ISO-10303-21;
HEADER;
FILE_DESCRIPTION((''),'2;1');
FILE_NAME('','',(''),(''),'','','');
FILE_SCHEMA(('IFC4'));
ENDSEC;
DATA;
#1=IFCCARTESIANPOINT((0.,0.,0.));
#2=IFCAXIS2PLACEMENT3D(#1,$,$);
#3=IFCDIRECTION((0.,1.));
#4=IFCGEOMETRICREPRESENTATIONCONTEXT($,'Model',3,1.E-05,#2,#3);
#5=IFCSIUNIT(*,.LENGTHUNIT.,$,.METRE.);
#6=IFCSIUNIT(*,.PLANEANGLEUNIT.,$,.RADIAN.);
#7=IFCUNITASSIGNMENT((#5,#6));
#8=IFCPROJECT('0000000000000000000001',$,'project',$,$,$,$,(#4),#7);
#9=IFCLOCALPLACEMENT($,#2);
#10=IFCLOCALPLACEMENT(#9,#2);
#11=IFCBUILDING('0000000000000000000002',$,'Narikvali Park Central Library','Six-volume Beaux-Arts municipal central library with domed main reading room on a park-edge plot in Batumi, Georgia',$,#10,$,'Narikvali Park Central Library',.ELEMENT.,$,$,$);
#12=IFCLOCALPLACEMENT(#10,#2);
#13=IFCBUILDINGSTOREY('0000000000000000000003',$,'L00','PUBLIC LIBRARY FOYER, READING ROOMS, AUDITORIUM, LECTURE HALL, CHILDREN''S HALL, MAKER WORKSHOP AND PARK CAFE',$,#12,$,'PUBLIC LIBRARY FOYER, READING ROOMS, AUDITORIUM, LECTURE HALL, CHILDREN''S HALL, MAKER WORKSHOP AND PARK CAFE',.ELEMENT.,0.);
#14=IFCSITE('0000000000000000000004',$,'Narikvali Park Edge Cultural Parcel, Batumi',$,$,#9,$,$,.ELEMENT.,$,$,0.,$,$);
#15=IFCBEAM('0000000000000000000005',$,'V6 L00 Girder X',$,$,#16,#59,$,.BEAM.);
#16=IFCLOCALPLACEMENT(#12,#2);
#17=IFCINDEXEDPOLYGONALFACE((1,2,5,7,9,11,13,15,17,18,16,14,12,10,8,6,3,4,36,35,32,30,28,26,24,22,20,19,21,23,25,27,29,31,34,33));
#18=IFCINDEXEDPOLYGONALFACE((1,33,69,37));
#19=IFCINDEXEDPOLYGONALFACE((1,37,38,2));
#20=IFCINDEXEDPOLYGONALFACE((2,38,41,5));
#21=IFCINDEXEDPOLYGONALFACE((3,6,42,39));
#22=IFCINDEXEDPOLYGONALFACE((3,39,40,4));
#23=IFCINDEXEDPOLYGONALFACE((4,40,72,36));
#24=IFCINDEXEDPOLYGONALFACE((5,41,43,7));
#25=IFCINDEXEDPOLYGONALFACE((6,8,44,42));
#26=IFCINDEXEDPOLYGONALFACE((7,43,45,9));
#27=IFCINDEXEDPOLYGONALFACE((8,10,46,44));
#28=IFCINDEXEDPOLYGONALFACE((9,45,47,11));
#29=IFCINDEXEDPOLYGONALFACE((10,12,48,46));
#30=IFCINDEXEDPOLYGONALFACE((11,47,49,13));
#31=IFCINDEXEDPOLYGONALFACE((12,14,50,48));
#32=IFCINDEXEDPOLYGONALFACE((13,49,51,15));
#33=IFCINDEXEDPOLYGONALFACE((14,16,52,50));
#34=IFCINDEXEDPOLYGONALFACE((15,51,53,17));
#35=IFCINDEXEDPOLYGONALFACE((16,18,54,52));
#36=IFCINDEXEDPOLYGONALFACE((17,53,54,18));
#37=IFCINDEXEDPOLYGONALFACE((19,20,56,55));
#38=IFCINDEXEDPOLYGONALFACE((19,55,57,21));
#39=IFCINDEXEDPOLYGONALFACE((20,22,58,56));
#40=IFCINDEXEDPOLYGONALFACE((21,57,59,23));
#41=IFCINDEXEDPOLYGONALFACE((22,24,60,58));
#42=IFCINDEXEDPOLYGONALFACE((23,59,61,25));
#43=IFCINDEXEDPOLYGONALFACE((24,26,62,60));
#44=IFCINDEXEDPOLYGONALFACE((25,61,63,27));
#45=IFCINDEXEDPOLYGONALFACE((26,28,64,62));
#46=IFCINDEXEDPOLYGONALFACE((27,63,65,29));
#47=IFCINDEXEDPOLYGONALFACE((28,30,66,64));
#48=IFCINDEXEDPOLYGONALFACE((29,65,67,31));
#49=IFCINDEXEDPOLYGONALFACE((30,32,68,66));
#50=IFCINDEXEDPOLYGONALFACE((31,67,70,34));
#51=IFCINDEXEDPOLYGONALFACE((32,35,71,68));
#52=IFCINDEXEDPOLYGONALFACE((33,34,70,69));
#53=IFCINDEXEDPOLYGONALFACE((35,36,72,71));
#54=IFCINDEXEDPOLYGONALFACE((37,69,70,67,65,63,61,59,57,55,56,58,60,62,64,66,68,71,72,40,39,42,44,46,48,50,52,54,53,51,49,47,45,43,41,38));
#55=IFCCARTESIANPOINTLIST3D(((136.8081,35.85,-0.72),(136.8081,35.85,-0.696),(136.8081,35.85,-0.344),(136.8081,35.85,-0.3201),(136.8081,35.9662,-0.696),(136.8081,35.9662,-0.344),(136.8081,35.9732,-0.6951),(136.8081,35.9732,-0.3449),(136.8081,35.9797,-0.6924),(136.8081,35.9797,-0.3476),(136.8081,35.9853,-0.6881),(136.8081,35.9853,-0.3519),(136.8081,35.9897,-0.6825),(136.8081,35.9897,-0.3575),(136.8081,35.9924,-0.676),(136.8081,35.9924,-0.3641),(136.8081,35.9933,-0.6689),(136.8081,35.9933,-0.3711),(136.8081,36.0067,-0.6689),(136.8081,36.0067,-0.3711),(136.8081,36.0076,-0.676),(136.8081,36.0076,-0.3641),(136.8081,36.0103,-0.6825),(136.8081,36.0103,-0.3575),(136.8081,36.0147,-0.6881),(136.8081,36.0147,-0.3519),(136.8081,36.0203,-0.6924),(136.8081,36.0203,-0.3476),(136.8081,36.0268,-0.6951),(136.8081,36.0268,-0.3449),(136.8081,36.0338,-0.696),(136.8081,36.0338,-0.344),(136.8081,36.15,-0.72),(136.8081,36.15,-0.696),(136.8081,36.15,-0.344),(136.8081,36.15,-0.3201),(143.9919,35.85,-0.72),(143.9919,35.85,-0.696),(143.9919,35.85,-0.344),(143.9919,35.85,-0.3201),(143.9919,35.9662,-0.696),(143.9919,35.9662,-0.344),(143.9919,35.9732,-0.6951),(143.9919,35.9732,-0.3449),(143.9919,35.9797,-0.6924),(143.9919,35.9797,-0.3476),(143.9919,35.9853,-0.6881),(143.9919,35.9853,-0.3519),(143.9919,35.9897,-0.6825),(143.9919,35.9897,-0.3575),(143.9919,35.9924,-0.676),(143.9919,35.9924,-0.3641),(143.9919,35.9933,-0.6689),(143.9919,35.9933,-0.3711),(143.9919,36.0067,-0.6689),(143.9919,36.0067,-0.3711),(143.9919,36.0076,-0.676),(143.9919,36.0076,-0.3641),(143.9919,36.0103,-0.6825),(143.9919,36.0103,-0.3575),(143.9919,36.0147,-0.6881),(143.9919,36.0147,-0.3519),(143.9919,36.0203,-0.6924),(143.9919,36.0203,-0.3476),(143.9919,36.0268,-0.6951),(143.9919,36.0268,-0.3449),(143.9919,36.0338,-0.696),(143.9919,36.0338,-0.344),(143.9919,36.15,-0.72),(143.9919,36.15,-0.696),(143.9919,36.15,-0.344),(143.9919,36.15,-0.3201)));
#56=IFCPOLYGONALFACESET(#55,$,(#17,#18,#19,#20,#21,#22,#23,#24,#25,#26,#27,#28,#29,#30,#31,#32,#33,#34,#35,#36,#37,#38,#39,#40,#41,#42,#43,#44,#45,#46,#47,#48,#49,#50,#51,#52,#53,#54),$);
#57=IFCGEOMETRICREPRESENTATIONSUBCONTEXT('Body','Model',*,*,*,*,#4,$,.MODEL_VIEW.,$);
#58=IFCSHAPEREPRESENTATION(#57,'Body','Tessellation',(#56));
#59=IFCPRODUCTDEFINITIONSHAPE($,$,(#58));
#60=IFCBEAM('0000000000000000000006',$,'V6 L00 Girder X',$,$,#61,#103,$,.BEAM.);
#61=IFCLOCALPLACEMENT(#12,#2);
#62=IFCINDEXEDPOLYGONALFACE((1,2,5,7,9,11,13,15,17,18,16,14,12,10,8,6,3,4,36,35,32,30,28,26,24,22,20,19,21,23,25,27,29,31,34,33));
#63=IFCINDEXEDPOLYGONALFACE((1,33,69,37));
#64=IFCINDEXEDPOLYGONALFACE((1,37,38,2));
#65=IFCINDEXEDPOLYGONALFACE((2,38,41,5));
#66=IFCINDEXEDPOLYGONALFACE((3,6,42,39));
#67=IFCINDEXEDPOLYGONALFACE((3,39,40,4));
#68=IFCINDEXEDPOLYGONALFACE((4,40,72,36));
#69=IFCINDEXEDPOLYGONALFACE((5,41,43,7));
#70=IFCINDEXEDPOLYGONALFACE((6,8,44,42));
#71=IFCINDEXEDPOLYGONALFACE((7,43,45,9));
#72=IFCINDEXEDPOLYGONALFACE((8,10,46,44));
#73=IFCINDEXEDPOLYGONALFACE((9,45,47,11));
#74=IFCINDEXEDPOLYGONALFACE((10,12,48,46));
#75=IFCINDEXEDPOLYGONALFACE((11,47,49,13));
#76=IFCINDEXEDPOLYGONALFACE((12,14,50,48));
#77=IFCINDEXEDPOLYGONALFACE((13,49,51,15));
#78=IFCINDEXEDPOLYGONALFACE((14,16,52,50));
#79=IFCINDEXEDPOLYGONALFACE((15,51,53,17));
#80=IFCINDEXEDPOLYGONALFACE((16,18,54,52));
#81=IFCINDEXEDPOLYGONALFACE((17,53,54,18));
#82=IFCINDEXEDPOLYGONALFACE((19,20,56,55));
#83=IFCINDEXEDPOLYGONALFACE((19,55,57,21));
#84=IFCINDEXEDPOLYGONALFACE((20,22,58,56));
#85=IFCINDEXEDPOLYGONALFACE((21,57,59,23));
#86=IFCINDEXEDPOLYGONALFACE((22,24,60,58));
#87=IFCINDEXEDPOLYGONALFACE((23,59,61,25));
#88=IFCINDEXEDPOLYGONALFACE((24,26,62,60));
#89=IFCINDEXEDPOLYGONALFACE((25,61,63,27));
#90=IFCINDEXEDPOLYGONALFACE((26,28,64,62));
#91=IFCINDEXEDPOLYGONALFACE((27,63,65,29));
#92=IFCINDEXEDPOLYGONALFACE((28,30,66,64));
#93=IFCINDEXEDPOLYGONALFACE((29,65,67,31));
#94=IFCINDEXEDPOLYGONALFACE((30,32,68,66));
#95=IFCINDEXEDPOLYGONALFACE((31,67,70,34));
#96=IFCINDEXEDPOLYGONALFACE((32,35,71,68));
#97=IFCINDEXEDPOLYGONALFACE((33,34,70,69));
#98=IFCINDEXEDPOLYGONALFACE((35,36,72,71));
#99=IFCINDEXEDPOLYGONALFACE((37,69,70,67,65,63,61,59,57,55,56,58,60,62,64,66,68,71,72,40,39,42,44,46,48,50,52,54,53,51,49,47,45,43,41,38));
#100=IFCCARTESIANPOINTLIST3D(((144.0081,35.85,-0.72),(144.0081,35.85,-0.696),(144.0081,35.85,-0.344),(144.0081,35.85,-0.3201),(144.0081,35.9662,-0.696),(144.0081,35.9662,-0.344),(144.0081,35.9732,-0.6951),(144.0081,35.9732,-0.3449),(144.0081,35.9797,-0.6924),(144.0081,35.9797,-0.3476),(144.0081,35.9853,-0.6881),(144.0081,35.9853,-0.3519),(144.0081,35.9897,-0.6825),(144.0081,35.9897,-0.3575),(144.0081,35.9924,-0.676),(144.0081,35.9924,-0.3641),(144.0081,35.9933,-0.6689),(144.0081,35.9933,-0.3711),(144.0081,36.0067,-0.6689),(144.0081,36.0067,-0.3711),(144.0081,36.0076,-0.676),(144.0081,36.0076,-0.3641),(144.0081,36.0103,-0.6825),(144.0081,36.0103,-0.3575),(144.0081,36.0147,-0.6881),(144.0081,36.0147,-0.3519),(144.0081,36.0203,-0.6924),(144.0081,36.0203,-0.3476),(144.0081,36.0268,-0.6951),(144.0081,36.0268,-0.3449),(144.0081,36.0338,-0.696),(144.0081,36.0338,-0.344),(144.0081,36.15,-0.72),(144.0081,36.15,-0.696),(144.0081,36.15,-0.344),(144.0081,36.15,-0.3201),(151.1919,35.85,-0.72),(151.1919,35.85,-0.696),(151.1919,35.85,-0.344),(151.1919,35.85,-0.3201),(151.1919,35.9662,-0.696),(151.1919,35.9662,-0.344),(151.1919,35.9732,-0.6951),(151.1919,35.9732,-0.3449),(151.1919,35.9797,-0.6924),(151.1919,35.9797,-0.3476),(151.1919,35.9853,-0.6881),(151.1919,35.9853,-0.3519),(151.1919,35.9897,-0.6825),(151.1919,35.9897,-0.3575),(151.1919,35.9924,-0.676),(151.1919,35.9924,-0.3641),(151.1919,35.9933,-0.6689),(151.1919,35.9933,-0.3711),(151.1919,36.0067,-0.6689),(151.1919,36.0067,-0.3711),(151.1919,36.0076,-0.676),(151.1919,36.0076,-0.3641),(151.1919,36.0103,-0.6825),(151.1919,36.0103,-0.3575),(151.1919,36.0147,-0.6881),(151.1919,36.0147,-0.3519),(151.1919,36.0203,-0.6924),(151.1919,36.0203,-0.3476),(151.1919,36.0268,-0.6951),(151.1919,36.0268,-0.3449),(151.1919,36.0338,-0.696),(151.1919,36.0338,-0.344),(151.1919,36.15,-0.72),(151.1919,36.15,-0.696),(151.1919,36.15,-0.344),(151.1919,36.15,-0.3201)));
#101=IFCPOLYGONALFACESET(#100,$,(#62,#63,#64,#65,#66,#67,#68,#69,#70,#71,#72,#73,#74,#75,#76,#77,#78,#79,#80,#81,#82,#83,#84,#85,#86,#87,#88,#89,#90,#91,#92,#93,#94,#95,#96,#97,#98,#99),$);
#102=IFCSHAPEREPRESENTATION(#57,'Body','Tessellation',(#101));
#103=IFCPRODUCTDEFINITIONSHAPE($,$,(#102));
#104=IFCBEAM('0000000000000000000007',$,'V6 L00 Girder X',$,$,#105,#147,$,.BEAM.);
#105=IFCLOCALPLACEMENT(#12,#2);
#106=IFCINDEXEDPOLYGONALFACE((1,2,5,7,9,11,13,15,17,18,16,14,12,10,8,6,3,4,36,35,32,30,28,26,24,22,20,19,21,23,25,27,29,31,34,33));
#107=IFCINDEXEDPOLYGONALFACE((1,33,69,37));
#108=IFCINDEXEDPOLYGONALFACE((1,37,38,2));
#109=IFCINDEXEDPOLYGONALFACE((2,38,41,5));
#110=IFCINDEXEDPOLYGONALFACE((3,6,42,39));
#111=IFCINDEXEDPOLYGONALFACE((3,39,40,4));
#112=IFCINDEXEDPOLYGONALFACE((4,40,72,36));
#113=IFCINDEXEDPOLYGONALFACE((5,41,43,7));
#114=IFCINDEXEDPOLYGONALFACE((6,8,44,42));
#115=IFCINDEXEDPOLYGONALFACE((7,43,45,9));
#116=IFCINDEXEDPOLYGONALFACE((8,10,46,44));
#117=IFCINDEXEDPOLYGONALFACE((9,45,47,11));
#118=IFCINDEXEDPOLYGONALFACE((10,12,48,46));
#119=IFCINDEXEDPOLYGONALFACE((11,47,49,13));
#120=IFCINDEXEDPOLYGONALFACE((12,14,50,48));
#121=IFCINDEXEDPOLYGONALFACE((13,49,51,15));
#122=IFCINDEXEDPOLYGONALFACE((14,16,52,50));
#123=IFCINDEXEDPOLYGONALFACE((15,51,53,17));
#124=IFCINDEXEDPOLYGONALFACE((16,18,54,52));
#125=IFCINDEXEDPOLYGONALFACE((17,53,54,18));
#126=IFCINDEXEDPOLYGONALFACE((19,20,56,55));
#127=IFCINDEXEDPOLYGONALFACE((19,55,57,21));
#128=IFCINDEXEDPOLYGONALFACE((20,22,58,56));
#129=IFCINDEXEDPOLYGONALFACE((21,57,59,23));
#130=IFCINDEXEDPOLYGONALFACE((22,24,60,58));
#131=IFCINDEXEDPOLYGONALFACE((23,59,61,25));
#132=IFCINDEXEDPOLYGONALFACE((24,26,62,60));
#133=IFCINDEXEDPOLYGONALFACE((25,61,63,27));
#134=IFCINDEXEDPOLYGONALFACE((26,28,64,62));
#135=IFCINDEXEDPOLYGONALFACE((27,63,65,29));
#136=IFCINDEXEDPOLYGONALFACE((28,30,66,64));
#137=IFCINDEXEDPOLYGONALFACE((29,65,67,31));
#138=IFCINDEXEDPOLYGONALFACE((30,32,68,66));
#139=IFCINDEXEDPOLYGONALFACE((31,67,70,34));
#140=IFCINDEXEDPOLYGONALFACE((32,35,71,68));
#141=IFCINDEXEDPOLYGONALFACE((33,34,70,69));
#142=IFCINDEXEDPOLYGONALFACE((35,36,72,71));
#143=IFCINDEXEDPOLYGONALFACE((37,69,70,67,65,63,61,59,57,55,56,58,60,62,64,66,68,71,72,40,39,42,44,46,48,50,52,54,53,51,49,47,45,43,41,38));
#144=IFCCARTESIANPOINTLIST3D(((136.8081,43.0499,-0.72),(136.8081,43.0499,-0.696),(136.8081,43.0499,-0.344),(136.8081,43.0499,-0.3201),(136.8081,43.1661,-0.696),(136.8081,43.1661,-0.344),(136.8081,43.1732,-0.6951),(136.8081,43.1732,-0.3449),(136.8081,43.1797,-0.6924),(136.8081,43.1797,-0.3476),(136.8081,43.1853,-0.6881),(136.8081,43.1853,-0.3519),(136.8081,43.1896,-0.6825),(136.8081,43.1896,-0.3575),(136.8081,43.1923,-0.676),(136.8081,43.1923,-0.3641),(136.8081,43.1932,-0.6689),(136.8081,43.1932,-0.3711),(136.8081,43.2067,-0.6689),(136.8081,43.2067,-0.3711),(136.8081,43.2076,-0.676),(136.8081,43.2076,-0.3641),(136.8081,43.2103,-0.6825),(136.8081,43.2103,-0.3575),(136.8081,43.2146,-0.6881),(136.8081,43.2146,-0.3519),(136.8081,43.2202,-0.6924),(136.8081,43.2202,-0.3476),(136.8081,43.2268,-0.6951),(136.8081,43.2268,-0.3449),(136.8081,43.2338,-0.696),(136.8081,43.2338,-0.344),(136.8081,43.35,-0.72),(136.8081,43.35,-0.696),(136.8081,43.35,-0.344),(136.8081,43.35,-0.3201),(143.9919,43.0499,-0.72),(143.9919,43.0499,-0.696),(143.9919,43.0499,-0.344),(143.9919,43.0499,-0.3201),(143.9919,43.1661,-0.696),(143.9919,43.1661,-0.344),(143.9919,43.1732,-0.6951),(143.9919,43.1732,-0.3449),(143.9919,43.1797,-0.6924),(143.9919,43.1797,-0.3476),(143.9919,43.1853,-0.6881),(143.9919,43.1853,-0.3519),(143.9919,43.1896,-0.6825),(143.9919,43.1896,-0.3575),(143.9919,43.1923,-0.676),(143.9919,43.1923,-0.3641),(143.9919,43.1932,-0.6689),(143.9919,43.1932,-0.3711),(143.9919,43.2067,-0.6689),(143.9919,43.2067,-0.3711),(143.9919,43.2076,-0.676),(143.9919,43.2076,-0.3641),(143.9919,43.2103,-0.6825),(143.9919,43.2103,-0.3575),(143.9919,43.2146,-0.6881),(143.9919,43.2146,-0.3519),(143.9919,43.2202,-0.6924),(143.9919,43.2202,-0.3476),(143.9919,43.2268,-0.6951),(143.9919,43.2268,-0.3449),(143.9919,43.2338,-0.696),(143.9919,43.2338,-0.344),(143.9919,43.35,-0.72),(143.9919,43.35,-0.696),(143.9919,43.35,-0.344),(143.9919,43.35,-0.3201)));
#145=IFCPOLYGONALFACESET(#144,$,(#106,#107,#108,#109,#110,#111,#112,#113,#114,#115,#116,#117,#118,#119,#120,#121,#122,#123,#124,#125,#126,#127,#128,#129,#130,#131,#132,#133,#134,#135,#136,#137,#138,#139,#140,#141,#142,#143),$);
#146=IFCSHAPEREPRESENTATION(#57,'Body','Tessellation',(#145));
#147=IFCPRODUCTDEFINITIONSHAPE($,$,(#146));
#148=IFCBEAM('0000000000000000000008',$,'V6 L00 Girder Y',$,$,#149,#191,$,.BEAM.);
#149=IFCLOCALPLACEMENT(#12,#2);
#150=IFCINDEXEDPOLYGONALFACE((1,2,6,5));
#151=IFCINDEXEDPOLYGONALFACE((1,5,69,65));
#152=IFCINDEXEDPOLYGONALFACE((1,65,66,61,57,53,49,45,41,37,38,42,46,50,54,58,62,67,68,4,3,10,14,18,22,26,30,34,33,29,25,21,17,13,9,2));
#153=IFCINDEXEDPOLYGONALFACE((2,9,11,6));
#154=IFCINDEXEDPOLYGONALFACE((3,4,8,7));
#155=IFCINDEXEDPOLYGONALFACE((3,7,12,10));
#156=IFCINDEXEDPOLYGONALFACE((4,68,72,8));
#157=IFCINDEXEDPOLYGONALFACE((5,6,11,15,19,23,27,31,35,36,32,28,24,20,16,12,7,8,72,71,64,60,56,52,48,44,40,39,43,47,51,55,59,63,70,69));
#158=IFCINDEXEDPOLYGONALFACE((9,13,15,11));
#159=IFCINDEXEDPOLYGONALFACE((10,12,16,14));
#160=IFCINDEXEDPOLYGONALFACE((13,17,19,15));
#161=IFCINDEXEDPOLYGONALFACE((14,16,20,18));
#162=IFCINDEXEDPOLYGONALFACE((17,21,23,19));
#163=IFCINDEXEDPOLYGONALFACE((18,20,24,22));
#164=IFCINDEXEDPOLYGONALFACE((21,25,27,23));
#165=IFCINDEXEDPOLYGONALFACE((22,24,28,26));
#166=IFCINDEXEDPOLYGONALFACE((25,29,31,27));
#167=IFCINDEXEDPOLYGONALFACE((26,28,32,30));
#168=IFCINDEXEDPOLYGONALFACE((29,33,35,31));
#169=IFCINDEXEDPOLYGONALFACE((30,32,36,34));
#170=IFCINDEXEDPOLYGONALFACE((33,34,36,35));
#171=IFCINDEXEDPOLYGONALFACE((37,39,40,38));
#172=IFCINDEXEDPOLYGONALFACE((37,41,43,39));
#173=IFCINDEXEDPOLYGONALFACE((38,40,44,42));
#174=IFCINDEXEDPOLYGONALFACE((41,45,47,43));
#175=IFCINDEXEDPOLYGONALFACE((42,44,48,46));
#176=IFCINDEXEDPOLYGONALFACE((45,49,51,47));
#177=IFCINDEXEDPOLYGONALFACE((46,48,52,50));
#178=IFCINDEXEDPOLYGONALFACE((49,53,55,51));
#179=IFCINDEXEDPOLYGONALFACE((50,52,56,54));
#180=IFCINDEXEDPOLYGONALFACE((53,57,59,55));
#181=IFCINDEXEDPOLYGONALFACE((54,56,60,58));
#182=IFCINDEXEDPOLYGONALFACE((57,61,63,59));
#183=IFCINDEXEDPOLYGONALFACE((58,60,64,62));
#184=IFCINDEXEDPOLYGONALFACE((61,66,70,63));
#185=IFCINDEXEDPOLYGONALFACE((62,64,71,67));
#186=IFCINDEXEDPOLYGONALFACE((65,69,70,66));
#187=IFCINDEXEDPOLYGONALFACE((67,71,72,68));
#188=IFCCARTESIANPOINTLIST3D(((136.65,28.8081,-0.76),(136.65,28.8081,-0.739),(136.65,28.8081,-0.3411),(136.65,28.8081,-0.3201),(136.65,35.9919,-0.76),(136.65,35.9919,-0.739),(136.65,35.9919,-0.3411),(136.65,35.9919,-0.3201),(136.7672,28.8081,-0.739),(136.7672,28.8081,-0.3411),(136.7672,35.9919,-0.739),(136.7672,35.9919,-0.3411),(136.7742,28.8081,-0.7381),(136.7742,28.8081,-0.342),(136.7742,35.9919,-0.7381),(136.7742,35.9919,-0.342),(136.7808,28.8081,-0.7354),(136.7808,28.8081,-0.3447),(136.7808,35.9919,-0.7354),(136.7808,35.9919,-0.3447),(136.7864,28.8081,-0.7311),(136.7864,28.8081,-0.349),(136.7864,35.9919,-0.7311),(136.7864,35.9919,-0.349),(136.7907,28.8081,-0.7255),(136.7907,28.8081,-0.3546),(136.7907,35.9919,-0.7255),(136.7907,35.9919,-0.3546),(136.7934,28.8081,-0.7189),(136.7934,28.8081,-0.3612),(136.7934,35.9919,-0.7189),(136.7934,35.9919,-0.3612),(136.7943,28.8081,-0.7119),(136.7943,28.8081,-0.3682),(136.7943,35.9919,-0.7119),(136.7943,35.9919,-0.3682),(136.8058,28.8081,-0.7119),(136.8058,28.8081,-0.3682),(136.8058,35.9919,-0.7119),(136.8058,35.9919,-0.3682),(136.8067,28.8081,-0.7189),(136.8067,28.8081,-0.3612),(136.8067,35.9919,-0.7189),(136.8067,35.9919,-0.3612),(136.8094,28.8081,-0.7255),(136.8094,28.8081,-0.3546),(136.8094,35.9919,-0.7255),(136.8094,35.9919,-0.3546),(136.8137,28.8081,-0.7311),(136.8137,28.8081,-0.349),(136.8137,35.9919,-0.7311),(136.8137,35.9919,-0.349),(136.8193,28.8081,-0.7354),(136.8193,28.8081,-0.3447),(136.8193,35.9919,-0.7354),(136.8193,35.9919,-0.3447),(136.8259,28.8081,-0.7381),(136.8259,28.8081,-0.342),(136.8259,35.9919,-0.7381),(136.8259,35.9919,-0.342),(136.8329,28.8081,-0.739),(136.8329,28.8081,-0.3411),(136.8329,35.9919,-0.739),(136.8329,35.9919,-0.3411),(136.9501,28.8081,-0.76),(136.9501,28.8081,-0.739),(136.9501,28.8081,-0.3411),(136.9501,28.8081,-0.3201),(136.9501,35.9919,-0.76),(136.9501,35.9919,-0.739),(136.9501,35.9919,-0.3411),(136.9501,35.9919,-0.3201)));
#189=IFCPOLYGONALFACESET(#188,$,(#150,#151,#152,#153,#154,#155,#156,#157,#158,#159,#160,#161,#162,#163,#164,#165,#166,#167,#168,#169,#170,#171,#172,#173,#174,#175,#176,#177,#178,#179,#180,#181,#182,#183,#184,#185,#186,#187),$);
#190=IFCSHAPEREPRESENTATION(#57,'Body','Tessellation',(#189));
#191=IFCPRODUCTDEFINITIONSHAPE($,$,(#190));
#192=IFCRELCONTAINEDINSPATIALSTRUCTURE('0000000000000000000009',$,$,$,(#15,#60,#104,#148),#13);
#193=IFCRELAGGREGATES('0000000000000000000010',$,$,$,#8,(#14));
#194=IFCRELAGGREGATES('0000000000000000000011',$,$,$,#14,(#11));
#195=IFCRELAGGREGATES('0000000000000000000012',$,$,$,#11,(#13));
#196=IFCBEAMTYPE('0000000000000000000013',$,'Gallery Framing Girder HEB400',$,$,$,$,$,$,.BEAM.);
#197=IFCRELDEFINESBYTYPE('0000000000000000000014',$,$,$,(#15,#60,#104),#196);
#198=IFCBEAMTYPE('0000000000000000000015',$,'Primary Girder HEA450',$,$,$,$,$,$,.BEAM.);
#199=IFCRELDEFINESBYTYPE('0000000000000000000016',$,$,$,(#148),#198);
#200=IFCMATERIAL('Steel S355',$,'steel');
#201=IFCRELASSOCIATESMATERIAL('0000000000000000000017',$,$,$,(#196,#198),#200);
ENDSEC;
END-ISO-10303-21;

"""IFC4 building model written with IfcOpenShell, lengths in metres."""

from ifc_helpers import new_model, si_unit, direction, frame, origin, origin_2d, place, context, subcontext, project, spatial, i_section, extrude, material, material_profile, profile_set, type_object, element, save


model = new_model("IFC4")

# Units and contexts
model_context = context("Model", 3, precision=1e-05, world=origin(), true_north=direction((0.0, 1.0)))
body_context = subcontext(model_context, "Body", "Model", "MODEL_VIEW")
ifc_project = project(units=[si_unit("LENGTHUNIT", "METRE"), si_unit("PLANEANGLEUNIT", "RADIAN")], contexts=[model_context])

# Site, building, storey
site_placement = place(None, origin())
site = spatial("IfcSite", under=ifc_project, at=site_placement, Name="Narikvali Park Edge Cultural Parcel, Batumi", CompositionType="ELEMENT", RefElevation=0.0)
building_placement = place(site_placement, origin())
building = spatial("IfcBuilding", under=site, at=building_placement, Name="Narikvali Park Central Library", Description="Six-volume Beaux-Arts municipal central library with domed main reading room on a park-edge plot in Batumi, Georgia", LongName="Narikvali Park Central Library", CompositionType="ELEMENT")
storey_placement = place(building_placement, origin())
storey = spatial("IfcBuildingStorey", under=building, at=storey_placement, Name="L00", Description="PUBLIC LIBRARY FOYER, READING ROOMS, AUDITORIUM, LECTURE HALL, CHILDREN'S HALL, MAKER WORKSHOP AND PARK CAFE", LongName="PUBLIC LIBRARY FOYER, READING ROOMS, AUDITORIUM, LECTURE HALL, CHILDREN'S HALL, MAKER WORKSHOP AND PARK CAFE", CompositionType="ELEMENT", Elevation=0.0)

# Shared definitions
ifc_material_1 = material(Name="Steel S355", Category="steel")

# Beams
ifc_material_profile_1 = material_profile(ifc_material_1, i_section(OverallWidth=0.3, OverallDepth=0.3999, WebThickness=0.0134, FlangeThickness=0.0239, FilletRadius=0.0271, at=origin_2d()), Name="HEB 400")
ifc_profile_set_1 = profile_set([ifc_material_profile_1], Name="Steel S355")
beam_type_1 = type_object("IfcBeamType", Name="Gallery Framing Girder HEB400", PredefinedType="BEAM", material=ifc_profile_set_1)
for number, where, z_axis, x_axis, name in (
    (1, (136.8081, 36.0, -0.52), (1.0, 0.0, 0.0), (0.0, 1.0, 0.0), "V6 L00 Girder X"),
    (2, (144.0081, 36.0, -0.52), (1.0, 0.0, 0.0), (0.0, 1.0, 0.0), "V6 L00 Girder X"),
    (3, (136.8081, 43.2, -0.52), (1.0, 0.0, 0.0), (0.0, 1.0, 0.0), "V6 L00 Girder X"),
):
    element("IfcBeam", number, at=place(storey_placement, frame(where, z_axis=z_axis, x_axis=x_axis)), inside=storey, type_object=beam_type_1, Name=name, PredefinedType="BEAM", context=body_context, shape_type="SweptSolid", body=[
        extrude(i_section(OverallWidth=0.3, OverallDepth=0.3999, WebThickness=0.0134, FlangeThickness=0.0239, FilletRadius=0.0271, at=origin_2d()), origin(), (0.0, 0.0, 1.0), 7.1838),
    ])
ifc_material_profile_2 = material_profile(ifc_material_1, i_section(OverallWidth=0.3, OverallDepth=0.4399, WebThickness=0.0115, FlangeThickness=0.021, FilletRadius=0.0271, at=origin_2d()), Name="HEA 450")
ifc_profile_set_2 = profile_set([ifc_material_profile_2], Name="Steel S355")
beam_type_2 = type_object("IfcBeamType", Name="Primary Girder HEA450", PredefinedType="BEAM", material=ifc_profile_set_2)
for number, where, z_axis, x_axis, name in (
    (4, (136.8, 28.8081, -0.54), (0.0, 1.0, 0.0), (-1.0, 0.0, 0.0), "V6 L00 Girder Y"),
):
    element("IfcBeam", number, at=place(storey_placement, frame(where, z_axis=z_axis, x_axis=x_axis)), inside=storey, type_object=beam_type_2, Name=name, PredefinedType="BEAM", context=body_context, shape_type="SweptSolid", body=[
        extrude(i_section(OverallWidth=0.3, OverallDepth=0.4399, WebThickness=0.0115, FlangeThickness=0.021, FilletRadius=0.0271, at=origin_2d()), origin(), (0.0, 0.0, 1.0), 7.1838),
    ])

save(model, "model.ifc")
